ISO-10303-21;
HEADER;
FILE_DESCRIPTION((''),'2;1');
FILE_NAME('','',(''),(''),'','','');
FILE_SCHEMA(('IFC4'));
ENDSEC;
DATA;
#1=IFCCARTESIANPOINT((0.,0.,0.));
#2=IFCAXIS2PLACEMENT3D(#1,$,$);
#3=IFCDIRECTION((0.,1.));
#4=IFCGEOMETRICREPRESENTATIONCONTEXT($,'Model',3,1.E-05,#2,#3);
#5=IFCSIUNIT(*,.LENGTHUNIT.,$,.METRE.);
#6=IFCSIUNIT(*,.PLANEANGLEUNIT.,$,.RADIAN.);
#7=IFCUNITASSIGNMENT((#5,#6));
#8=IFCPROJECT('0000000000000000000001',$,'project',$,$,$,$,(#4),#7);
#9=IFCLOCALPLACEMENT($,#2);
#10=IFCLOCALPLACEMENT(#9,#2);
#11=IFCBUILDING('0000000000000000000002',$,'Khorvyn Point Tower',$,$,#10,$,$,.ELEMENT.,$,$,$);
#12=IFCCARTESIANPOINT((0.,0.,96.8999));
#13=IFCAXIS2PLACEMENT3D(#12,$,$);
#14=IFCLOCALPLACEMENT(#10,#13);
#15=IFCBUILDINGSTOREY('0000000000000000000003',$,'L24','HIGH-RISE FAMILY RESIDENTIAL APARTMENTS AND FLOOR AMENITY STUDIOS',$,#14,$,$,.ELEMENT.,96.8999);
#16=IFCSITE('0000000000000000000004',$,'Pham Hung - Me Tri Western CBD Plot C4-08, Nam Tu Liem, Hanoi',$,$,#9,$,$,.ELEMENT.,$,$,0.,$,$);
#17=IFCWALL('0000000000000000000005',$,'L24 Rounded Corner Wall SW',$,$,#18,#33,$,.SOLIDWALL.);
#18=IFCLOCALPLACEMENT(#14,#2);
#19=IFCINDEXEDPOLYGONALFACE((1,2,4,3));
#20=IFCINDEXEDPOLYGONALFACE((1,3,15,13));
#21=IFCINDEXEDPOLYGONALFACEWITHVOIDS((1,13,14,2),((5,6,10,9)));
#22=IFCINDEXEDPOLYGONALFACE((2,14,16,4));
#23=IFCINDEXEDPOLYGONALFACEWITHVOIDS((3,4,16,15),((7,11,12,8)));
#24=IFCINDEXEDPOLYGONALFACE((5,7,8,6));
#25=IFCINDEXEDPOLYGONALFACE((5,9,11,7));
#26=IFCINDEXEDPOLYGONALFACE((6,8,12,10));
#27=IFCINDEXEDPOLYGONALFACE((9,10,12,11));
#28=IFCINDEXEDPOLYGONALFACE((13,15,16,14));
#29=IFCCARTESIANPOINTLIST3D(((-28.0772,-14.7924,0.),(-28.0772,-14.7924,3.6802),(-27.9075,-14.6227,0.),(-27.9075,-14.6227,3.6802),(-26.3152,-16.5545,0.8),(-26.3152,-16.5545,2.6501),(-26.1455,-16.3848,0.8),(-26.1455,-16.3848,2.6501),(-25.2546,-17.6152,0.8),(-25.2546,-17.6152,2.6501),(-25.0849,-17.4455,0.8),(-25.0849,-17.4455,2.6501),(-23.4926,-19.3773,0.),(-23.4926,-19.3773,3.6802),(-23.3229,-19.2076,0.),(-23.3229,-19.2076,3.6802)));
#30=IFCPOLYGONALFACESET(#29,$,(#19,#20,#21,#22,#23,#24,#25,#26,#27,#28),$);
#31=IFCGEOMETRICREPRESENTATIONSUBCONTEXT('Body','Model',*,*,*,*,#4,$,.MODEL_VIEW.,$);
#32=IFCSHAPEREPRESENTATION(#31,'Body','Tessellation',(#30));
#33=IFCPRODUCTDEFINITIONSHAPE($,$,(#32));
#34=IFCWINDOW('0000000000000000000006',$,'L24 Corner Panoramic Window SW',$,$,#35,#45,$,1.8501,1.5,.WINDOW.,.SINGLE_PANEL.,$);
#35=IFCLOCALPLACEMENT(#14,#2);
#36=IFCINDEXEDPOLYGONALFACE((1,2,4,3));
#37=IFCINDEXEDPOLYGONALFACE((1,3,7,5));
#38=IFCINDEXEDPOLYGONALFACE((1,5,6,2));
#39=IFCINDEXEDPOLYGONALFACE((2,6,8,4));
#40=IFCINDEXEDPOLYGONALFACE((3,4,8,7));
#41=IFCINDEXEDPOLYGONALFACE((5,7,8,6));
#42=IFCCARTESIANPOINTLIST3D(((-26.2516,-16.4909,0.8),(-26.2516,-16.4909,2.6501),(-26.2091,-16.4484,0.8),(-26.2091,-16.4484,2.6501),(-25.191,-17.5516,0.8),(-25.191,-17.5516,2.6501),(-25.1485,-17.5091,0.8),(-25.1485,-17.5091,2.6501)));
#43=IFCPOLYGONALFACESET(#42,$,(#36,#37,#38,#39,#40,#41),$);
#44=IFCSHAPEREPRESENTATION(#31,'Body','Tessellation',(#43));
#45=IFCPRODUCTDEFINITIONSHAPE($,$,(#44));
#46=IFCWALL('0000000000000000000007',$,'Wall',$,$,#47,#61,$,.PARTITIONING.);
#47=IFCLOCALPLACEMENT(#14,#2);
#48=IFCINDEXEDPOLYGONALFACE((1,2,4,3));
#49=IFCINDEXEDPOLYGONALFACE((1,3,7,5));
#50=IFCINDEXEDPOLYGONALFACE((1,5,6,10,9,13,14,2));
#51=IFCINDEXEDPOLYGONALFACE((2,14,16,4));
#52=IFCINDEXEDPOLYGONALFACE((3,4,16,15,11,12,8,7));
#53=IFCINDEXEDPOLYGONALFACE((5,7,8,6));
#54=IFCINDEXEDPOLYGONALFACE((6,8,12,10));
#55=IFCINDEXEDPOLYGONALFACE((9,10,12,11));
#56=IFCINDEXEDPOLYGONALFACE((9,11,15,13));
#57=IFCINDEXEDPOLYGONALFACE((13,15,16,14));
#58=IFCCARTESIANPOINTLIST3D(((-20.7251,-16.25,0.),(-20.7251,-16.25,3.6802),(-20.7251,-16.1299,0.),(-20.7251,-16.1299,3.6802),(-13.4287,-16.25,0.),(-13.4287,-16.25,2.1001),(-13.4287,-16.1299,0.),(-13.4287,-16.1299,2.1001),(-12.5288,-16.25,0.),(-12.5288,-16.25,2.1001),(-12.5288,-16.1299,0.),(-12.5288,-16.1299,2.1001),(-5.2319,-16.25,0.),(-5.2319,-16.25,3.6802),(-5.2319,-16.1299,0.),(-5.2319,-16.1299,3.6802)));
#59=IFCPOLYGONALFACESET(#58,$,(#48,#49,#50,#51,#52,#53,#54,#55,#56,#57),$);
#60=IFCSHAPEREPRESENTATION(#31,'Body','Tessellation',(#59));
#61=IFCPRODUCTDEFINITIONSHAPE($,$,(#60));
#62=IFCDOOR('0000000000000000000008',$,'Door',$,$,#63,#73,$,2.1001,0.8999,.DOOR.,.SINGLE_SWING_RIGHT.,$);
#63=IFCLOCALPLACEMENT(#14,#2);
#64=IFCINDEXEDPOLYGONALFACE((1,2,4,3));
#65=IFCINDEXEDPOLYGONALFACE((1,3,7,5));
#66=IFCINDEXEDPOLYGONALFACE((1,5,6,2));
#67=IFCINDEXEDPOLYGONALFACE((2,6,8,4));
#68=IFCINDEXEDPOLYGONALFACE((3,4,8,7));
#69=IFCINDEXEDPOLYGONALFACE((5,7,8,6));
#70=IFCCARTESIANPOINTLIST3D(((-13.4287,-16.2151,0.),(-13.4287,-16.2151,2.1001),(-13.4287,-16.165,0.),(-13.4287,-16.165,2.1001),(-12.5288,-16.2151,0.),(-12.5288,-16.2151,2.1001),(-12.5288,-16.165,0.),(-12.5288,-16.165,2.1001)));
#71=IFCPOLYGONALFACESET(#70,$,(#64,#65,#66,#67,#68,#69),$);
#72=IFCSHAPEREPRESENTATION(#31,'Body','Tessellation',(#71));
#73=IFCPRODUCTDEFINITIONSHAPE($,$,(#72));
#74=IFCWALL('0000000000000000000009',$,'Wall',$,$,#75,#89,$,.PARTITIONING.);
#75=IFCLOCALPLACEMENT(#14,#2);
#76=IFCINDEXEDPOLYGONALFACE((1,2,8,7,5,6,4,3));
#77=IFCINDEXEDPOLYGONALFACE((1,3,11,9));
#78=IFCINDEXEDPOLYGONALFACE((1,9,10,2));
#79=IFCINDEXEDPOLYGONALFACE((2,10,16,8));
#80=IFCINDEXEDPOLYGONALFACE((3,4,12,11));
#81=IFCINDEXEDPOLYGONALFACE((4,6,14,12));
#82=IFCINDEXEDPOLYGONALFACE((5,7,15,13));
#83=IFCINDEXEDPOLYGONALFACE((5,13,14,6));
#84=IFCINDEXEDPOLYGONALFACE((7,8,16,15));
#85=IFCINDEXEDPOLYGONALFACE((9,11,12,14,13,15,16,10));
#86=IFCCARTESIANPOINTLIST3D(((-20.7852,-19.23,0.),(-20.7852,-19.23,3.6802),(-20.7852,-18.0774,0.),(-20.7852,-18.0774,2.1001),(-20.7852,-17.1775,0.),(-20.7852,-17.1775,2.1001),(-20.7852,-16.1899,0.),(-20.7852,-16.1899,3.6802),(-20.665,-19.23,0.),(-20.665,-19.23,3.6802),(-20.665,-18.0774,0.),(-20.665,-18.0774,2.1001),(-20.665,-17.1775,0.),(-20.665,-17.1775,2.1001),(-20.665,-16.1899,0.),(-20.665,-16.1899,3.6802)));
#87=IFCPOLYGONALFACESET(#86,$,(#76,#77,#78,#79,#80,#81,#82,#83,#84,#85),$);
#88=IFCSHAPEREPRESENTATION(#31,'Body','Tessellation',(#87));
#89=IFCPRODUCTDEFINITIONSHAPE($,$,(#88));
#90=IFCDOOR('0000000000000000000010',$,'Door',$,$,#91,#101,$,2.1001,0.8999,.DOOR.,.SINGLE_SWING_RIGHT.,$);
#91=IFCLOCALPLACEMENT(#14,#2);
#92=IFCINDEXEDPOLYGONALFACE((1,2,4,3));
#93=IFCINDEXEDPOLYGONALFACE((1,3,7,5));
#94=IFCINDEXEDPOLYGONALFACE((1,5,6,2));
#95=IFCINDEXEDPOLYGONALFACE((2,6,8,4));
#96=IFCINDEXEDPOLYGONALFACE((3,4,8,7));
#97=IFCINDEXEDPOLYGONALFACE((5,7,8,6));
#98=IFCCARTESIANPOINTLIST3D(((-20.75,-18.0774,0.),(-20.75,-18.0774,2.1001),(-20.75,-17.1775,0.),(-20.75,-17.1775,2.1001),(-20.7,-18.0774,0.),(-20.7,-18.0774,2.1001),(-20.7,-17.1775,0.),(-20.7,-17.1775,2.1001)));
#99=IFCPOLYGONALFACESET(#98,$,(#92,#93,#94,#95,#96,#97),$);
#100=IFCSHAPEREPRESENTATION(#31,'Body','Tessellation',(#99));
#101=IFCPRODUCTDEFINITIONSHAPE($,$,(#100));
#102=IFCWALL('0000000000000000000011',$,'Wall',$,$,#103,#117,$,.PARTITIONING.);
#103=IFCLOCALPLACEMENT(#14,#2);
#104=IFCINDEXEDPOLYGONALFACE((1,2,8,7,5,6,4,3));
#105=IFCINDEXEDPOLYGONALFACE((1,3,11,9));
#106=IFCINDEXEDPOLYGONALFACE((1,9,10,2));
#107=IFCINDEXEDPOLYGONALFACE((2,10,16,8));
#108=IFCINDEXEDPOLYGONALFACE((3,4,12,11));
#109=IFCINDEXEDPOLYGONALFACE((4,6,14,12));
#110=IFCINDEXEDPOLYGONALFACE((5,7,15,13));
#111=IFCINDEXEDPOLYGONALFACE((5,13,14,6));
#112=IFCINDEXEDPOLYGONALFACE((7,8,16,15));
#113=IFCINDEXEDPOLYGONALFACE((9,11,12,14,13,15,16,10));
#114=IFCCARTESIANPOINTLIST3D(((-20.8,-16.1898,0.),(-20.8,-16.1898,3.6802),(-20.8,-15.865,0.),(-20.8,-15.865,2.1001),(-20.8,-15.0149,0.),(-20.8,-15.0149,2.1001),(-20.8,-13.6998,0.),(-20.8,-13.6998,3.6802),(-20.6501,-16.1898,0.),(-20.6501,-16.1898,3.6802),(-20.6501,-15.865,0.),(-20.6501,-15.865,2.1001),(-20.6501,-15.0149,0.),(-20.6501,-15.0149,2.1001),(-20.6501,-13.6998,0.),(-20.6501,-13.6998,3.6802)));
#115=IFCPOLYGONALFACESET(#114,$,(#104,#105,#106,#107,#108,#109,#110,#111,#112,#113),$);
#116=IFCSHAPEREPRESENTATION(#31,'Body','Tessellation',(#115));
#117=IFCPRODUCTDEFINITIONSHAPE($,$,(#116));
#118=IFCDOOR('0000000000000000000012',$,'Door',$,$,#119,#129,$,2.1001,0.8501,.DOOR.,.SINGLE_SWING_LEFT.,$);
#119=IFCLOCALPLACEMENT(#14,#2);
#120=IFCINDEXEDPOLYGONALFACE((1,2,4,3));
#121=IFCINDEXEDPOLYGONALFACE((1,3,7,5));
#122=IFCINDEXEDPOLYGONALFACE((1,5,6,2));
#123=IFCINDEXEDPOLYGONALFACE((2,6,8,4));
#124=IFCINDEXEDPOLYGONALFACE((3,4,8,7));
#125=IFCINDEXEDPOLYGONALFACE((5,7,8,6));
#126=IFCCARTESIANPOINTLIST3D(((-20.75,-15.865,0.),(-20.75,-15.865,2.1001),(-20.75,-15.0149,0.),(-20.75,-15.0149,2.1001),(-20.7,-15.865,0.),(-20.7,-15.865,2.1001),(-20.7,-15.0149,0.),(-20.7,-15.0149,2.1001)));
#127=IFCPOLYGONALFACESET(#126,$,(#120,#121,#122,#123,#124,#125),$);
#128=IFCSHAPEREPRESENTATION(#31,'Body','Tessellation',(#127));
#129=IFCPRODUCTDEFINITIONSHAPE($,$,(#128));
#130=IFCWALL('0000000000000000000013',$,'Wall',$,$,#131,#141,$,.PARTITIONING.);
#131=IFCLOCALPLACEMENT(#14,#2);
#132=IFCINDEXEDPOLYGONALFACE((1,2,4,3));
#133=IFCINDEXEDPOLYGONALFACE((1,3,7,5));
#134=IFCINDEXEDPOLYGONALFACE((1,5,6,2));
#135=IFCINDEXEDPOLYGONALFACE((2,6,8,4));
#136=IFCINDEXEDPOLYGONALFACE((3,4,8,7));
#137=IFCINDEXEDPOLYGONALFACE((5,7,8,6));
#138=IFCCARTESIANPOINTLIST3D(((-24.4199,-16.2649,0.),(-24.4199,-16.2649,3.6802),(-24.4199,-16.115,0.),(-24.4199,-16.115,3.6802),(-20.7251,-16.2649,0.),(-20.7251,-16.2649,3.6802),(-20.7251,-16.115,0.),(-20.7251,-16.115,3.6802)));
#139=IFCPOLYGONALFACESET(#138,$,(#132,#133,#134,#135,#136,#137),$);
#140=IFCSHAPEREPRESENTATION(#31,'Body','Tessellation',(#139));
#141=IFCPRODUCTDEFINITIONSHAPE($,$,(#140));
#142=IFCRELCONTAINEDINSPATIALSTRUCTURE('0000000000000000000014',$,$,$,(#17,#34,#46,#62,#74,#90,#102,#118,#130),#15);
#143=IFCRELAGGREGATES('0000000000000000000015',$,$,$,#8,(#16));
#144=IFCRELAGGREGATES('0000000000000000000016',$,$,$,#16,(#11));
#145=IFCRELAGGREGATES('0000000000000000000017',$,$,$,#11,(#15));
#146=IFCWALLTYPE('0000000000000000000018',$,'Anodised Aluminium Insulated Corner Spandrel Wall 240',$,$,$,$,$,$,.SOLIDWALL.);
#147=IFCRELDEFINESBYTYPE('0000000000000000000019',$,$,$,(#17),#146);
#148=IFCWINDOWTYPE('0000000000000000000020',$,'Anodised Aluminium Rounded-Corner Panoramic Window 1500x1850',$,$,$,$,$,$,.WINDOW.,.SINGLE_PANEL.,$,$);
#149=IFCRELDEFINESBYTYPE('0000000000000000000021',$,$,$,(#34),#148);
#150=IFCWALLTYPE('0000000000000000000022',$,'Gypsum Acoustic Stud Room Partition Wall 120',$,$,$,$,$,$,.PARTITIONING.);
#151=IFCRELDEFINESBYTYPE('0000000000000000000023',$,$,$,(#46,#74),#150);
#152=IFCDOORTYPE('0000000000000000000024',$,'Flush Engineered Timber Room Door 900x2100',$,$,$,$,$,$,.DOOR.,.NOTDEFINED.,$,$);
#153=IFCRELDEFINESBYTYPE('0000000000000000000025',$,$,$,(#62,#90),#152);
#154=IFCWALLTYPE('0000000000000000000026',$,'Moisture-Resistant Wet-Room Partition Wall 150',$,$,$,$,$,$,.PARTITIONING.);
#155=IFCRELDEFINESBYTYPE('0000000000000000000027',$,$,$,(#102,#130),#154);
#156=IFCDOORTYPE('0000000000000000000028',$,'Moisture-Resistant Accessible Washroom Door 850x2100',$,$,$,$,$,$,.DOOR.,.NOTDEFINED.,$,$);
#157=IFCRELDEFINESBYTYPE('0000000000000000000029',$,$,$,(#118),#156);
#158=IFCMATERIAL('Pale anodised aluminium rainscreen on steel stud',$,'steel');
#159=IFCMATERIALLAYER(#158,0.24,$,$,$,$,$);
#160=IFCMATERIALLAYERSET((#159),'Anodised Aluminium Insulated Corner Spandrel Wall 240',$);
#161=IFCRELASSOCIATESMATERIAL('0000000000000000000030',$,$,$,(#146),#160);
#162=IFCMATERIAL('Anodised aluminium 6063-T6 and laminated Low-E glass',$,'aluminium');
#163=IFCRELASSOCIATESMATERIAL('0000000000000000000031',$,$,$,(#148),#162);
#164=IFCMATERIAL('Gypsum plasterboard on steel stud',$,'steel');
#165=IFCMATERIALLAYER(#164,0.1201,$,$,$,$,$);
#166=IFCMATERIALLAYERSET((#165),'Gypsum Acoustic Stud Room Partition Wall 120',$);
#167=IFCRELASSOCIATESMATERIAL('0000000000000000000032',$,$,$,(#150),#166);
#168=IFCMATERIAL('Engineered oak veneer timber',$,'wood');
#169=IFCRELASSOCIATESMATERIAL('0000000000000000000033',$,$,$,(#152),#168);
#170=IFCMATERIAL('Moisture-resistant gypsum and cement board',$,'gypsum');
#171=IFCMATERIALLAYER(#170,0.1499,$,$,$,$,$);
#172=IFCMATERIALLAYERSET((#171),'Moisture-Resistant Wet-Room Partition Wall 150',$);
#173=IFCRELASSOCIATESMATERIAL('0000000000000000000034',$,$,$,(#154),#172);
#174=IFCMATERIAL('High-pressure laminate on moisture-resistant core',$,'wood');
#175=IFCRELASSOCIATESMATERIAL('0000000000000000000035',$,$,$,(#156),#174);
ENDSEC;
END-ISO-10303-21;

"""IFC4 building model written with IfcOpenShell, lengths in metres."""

from ifc_helpers import new_model, si_unit, direction, frame, frame_2d, origin, place, context, subcontext, project, spatial, rectangle, extrude, material, layer, layer_set, type_object, element, fill, save


model = new_model("IFC4")

# Units and contexts
model_context = context("Model", 3, precision=1e-05, world=origin(), true_north=direction((0.0, 1.0)))
body_context = subcontext(model_context, "Body", "Model", "MODEL_VIEW")
ifc_project = project(units=[si_unit("LENGTHUNIT", "METRE"), si_unit("PLANEANGLEUNIT", "RADIAN")], contexts=[model_context])

# Site, building, storey
site_placement = place(None, origin())
site = spatial("IfcSite", under=ifc_project, at=site_placement, Name="Pham Hung - Me Tri Western CBD Plot C4-08, Nam Tu Liem, Hanoi", CompositionType="ELEMENT", RefElevation=0.0)
building_placement = place(site_placement, origin())
building = spatial("IfcBuilding", under=site, at=building_placement, Name="Khorvyn Point Tower", CompositionType="ELEMENT")
storey_placement = place(building_placement, frame((0.0, 0.0, 96.8999)))
storey = spatial("IfcBuildingStorey", under=building, at=storey_placement, Name="L24", Description="HIGH-RISE FAMILY RESIDENTIAL APARTMENTS AND FLOOR AMENITY STUDIOS", CompositionType="ELEMENT", Elevation=96.8999)

# Shared definitions
ifc_material_1 = material(Name="Anodised aluminium 6063-T6 and laminated Low-E glass", Category="aluminium")

# Wall, opening, window
ifc_material_2 = material(Name="Pale anodised aluminium rainscreen on steel stud", Category="steel")
ifc_layer_1 = layer(ifc_material_2, 0.24)
ifc_layer_set_1 = layer_set([ifc_layer_1], Name="Anodised Aluminium Insulated Corner Spandrel Wall 240")
wall_type_1 = type_object("IfcWallType", Name="Anodised Aluminium Insulated Corner Spandrel Wall 240", PredefinedType="SOLIDWALL", material=ifc_layer_set_1)
wall_1_placement = place(storey_placement, frame((-23.4077, -19.2925, 0.0), z_axis=(0.0, 0.0, 1.0), x_axis=(-0.707088, 0.707126, 0.0)))
wall_1 = element("IfcWall", 1, at=wall_1_placement, inside=storey, type_object=wall_type_1, Name="L24 Rounded Corner Wall SW", PredefinedType="SOLIDWALL", context=body_context, shape_type="SweptSolid", body=[
    extrude(rectangle(XDim=6.4839, YDim=0.24, at=frame_2d((3.2419, 0.0))), origin(), (0.0, 0.0, 1.0), 3.6802),
])
opening_1_placement = place(wall_1_placement, frame((2.4919, 0.0, 0.8)))
opening_1 = element("IfcOpeningElement", 2, at=opening_1_placement, cuts=wall_1, PredefinedType="OPENING", context=body_context, shape_type="SweptSolid", body=[
    extrude(rectangle(XDim=1.5, YDim=1.8501, at=frame_2d((0.75, 0.925))), frame((0.0, 0.1299, 0.0), z_axis=(0.0, -1.0, 0.0), x_axis=(1.0, 0.0, 0.0)), (0.0, 0.0, 1.0), 0.26),
])
window_type = type_object("IfcWindowType", Name="Anodised Aluminium Rounded-Corner Panoramic Window 1500x1850", PartitioningType="SINGLE_PANEL", PredefinedType="WINDOW", material=ifc_material_1)
window_placement = place(opening_1_placement, origin())
window = element("IfcWindow", 3, at=window_placement, inside=storey, type_object=window_type, Name="L24 Corner Panoramic Window SW", OverallHeight=1.8501, OverallWidth=1.5, PartitioningType="SINGLE_PANEL", PredefinedType="WINDOW", context=body_context, shape_type="SweptSolid", body=[
    extrude(rectangle(XDim=1.5, YDim=1.8501, at=frame_2d((0.75, 0.925))), frame((0.0, 0.03, 0.0), z_axis=(0.0, -1.0, 0.0), x_axis=(1.0, 0.0, 0.0)), (0.0, 0.0, 1.0), 0.0601),
])
fill(opening_1, window)

# Walls, openings, doors
ifc_material_3 = material(Name="Gypsum plasterboard on steel stud", Category="steel")
ifc_layer_2 = layer(ifc_material_3, 0.1201)
ifc_layer_set_2 = layer_set([ifc_layer_2], Name="Gypsum Acoustic Stud Room Partition Wall 120")
wall_type_2 = type_object("IfcWallType", Name="Gypsum Acoustic Stud Room Partition Wall 120", PredefinedType="PARTITIONING", material=ifc_layer_set_2)
wall_2_placement = place(storey_placement, frame((-20.7251, -16.1899, 0.0), z_axis=(0.0, 0.0, 1.0), x_axis=(1.0, 0.0, 0.0)))
wall_2 = element("IfcWall", 4, at=wall_2_placement, inside=storey, type_object=wall_type_2, Name="Wall", PredefinedType="PARTITIONING", context=body_context, shape_type="SweptSolid", body=[
    extrude(rectangle(XDim=15.4932, YDim=0.1201, at=frame_2d((7.7466, 0.0))), origin(), (0.0, 0.0, 1.0), 3.6802),
])
opening_2_placement = place(wall_2_placement, frame((7.2964, 0.0, 0.0)))
opening_2 = element("IfcOpeningElement", 5, at=opening_2_placement, cuts=wall_2, PredefinedType="OPENING", context=body_context, shape_type="SweptSolid", body=[
    extrude(rectangle(XDim=0.8999, YDim=2.1001, at=frame_2d((0.45, 1.05))), frame((0.0, 0.0701, 0.0), z_axis=(0.0, -1.0, 0.0), x_axis=(1.0, 0.0, 0.0)), (0.0, 0.0, 1.0), 0.1401),
])
ifc_material_4 = material(Name="Engineered oak veneer timber", Category="wood")
door_type_1 = type_object("IfcDoorType", Name="Flush Engineered Timber Room Door 900x2100", OperationType="NOTDEFINED", PredefinedType="DOOR", material=ifc_material_4)
door_1_placement = place(opening_2_placement, origin())
door_1 = element("IfcDoor", 6, at=door_1_placement, inside=storey, type_object=door_type_1, Name="Door", OperationType="SINGLE_SWING_RIGHT", OverallHeight=2.1001, OverallWidth=0.8999, PredefinedType="DOOR", context=body_context, shape_type="SweptSolid", body=[
    extrude(rectangle(XDim=0.8999, YDim=2.1001, at=frame_2d((0.45, 1.05))), frame((0.0, 0.0249, 0.0), z_axis=(0.0, -1.0, 0.0), x_axis=(1.0, 0.0, 0.0)), (0.0, 0.0, 1.0), 0.05),
])
fill(opening_2, door_1)
wall_3_placement = place(storey_placement, frame((-20.7251, -19.23, 0.0), z_axis=(0.0, 0.0, 1.0), x_axis=(0.0, 1.0, 0.0)))
wall_3 = element("IfcWall", 7, at=wall_3_placement, inside=storey, type_object=wall_type_2, Name="Wall", PredefinedType="PARTITIONING", context=body_context, shape_type="SweptSolid", body=[
    extrude(rectangle(XDim=3.04, YDim=0.1201, at=frame_2d((1.52, 0.0))), origin(), (0.0, 0.0, 1.0), 3.6802),
])
opening_3_placement = place(wall_3_placement, frame((1.1526, 0.0, 0.0)))
opening_3 = element("IfcOpeningElement", 8, at=opening_3_placement, cuts=wall_3, PredefinedType="OPENING", context=body_context, shape_type="SweptSolid", body=[
    extrude(rectangle(XDim=0.8999, YDim=2.1001, at=frame_2d((0.45, 1.05))), frame((0.0, 0.0701, 0.0), z_axis=(0.0, -1.0, 0.0), x_axis=(1.0, 0.0, 0.0)), (0.0, 0.0, 1.0), 0.1401),
])
door_2_placement = place(opening_3_placement, origin())
door_2 = element("IfcDoor", 9, at=door_2_placement, inside=storey, type_object=door_type_1, Name="Door", OperationType="SINGLE_SWING_RIGHT", OverallHeight=2.1001, OverallWidth=0.8999, PredefinedType="DOOR", context=body_context, shape_type="SweptSolid", body=[
    extrude(rectangle(XDim=0.8999, YDim=2.1001, at=frame_2d((0.45, 1.05))), frame((0.0, 0.0249, 0.0), z_axis=(0.0, -1.0, 0.0), x_axis=(1.0, 0.0, 0.0)), (0.0, 0.0, 1.0), 0.05),
])
fill(opening_3, door_2)
ifc_material_5 = material(Name="Moisture-resistant gypsum and cement board", Category="gypsum")
ifc_layer_3 = layer(ifc_material_5, 0.1499)
ifc_layer_set_3 = layer_set([ifc_layer_3], Name="Moisture-Resistant Wet-Room Partition Wall 150")
wall_type_3 = type_object("IfcWallType", Name="Moisture-Resistant Wet-Room Partition Wall 150", PredefinedType="PARTITIONING", material=ifc_layer_set_3)
wall_4_placement = place(storey_placement, frame((-20.7251, -16.1899, 0.0), z_axis=(0.0, 0.0, 1.0), x_axis=(0.0, 1.0, 0.0)))
wall_4 = element("IfcWall", 10, at=wall_4_placement, inside=storey, type_object=wall_type_3, Name="Wall", PredefinedType="PARTITIONING", context=body_context, shape_type="SweptSolid", body=[
    extrude(rectangle(XDim=2.49, YDim=0.1499, at=frame_2d((1.2451, 0.0))), origin(), (0.0, 0.0, 1.0), 3.6802),
])
opening_4_placement = place(wall_4_placement, frame((0.325, 0.0, 0.0)))
opening_4 = element("IfcOpeningElement", 11, at=opening_4_placement, cuts=wall_4, PredefinedType="OPENING", context=body_context, shape_type="SweptSolid", body=[
    extrude(rectangle(XDim=0.8501, YDim=2.1001, at=frame_2d((0.425, 1.05))), frame((0.0, 0.085, 0.0), z_axis=(0.0, -1.0, 0.0), x_axis=(1.0, 0.0, 0.0)), (0.0, 0.0, 1.0), 0.1699),
])
ifc_material_6 = material(Name="High-pressure laminate on moisture-resistant core", Category="wood")
door_type_2 = type_object("IfcDoorType", Name="Moisture-Resistant Accessible Washroom Door 850x2100", OperationType="NOTDEFINED", PredefinedType="DOOR", material=ifc_material_6)
door_3_placement = place(opening_4_placement, origin())
door_3 = element("IfcDoor", 12, at=door_3_placement, inside=storey, type_object=door_type_2, Name="Door", OperationType="SINGLE_SWING_LEFT", OverallHeight=2.1001, OverallWidth=0.8501, PredefinedType="DOOR", context=body_context, shape_type="SweptSolid", body=[
    extrude(rectangle(XDim=0.8501, YDim=2.1001, at=frame_2d((0.425, 1.05))), frame((0.0, 0.0249, 0.0), z_axis=(0.0, -1.0, 0.0), x_axis=(1.0, 0.0, 0.0)), (0.0, 0.0, 1.0), 0.05),
])
fill(opening_4, door_3)

# Wall
wall_5_placement = place(storey_placement, frame((-24.4199, -16.1899, 0.0), z_axis=(0.0, 0.0, 1.0), x_axis=(1.0, 0.0, 0.0)))
element("IfcWall", 13, at=wall_5_placement, inside=storey, type_object=wall_type_3, Name="Wall", PredefinedType="PARTITIONING", context=body_context, shape_type="SweptSolid", body=[
    extrude(rectangle(XDim=3.6948, YDim=0.1499, at=frame_2d((1.8474, 0.0))), origin(), (0.0, 0.0, 1.0), 3.6802),
])

save(model, "model.ifc")
